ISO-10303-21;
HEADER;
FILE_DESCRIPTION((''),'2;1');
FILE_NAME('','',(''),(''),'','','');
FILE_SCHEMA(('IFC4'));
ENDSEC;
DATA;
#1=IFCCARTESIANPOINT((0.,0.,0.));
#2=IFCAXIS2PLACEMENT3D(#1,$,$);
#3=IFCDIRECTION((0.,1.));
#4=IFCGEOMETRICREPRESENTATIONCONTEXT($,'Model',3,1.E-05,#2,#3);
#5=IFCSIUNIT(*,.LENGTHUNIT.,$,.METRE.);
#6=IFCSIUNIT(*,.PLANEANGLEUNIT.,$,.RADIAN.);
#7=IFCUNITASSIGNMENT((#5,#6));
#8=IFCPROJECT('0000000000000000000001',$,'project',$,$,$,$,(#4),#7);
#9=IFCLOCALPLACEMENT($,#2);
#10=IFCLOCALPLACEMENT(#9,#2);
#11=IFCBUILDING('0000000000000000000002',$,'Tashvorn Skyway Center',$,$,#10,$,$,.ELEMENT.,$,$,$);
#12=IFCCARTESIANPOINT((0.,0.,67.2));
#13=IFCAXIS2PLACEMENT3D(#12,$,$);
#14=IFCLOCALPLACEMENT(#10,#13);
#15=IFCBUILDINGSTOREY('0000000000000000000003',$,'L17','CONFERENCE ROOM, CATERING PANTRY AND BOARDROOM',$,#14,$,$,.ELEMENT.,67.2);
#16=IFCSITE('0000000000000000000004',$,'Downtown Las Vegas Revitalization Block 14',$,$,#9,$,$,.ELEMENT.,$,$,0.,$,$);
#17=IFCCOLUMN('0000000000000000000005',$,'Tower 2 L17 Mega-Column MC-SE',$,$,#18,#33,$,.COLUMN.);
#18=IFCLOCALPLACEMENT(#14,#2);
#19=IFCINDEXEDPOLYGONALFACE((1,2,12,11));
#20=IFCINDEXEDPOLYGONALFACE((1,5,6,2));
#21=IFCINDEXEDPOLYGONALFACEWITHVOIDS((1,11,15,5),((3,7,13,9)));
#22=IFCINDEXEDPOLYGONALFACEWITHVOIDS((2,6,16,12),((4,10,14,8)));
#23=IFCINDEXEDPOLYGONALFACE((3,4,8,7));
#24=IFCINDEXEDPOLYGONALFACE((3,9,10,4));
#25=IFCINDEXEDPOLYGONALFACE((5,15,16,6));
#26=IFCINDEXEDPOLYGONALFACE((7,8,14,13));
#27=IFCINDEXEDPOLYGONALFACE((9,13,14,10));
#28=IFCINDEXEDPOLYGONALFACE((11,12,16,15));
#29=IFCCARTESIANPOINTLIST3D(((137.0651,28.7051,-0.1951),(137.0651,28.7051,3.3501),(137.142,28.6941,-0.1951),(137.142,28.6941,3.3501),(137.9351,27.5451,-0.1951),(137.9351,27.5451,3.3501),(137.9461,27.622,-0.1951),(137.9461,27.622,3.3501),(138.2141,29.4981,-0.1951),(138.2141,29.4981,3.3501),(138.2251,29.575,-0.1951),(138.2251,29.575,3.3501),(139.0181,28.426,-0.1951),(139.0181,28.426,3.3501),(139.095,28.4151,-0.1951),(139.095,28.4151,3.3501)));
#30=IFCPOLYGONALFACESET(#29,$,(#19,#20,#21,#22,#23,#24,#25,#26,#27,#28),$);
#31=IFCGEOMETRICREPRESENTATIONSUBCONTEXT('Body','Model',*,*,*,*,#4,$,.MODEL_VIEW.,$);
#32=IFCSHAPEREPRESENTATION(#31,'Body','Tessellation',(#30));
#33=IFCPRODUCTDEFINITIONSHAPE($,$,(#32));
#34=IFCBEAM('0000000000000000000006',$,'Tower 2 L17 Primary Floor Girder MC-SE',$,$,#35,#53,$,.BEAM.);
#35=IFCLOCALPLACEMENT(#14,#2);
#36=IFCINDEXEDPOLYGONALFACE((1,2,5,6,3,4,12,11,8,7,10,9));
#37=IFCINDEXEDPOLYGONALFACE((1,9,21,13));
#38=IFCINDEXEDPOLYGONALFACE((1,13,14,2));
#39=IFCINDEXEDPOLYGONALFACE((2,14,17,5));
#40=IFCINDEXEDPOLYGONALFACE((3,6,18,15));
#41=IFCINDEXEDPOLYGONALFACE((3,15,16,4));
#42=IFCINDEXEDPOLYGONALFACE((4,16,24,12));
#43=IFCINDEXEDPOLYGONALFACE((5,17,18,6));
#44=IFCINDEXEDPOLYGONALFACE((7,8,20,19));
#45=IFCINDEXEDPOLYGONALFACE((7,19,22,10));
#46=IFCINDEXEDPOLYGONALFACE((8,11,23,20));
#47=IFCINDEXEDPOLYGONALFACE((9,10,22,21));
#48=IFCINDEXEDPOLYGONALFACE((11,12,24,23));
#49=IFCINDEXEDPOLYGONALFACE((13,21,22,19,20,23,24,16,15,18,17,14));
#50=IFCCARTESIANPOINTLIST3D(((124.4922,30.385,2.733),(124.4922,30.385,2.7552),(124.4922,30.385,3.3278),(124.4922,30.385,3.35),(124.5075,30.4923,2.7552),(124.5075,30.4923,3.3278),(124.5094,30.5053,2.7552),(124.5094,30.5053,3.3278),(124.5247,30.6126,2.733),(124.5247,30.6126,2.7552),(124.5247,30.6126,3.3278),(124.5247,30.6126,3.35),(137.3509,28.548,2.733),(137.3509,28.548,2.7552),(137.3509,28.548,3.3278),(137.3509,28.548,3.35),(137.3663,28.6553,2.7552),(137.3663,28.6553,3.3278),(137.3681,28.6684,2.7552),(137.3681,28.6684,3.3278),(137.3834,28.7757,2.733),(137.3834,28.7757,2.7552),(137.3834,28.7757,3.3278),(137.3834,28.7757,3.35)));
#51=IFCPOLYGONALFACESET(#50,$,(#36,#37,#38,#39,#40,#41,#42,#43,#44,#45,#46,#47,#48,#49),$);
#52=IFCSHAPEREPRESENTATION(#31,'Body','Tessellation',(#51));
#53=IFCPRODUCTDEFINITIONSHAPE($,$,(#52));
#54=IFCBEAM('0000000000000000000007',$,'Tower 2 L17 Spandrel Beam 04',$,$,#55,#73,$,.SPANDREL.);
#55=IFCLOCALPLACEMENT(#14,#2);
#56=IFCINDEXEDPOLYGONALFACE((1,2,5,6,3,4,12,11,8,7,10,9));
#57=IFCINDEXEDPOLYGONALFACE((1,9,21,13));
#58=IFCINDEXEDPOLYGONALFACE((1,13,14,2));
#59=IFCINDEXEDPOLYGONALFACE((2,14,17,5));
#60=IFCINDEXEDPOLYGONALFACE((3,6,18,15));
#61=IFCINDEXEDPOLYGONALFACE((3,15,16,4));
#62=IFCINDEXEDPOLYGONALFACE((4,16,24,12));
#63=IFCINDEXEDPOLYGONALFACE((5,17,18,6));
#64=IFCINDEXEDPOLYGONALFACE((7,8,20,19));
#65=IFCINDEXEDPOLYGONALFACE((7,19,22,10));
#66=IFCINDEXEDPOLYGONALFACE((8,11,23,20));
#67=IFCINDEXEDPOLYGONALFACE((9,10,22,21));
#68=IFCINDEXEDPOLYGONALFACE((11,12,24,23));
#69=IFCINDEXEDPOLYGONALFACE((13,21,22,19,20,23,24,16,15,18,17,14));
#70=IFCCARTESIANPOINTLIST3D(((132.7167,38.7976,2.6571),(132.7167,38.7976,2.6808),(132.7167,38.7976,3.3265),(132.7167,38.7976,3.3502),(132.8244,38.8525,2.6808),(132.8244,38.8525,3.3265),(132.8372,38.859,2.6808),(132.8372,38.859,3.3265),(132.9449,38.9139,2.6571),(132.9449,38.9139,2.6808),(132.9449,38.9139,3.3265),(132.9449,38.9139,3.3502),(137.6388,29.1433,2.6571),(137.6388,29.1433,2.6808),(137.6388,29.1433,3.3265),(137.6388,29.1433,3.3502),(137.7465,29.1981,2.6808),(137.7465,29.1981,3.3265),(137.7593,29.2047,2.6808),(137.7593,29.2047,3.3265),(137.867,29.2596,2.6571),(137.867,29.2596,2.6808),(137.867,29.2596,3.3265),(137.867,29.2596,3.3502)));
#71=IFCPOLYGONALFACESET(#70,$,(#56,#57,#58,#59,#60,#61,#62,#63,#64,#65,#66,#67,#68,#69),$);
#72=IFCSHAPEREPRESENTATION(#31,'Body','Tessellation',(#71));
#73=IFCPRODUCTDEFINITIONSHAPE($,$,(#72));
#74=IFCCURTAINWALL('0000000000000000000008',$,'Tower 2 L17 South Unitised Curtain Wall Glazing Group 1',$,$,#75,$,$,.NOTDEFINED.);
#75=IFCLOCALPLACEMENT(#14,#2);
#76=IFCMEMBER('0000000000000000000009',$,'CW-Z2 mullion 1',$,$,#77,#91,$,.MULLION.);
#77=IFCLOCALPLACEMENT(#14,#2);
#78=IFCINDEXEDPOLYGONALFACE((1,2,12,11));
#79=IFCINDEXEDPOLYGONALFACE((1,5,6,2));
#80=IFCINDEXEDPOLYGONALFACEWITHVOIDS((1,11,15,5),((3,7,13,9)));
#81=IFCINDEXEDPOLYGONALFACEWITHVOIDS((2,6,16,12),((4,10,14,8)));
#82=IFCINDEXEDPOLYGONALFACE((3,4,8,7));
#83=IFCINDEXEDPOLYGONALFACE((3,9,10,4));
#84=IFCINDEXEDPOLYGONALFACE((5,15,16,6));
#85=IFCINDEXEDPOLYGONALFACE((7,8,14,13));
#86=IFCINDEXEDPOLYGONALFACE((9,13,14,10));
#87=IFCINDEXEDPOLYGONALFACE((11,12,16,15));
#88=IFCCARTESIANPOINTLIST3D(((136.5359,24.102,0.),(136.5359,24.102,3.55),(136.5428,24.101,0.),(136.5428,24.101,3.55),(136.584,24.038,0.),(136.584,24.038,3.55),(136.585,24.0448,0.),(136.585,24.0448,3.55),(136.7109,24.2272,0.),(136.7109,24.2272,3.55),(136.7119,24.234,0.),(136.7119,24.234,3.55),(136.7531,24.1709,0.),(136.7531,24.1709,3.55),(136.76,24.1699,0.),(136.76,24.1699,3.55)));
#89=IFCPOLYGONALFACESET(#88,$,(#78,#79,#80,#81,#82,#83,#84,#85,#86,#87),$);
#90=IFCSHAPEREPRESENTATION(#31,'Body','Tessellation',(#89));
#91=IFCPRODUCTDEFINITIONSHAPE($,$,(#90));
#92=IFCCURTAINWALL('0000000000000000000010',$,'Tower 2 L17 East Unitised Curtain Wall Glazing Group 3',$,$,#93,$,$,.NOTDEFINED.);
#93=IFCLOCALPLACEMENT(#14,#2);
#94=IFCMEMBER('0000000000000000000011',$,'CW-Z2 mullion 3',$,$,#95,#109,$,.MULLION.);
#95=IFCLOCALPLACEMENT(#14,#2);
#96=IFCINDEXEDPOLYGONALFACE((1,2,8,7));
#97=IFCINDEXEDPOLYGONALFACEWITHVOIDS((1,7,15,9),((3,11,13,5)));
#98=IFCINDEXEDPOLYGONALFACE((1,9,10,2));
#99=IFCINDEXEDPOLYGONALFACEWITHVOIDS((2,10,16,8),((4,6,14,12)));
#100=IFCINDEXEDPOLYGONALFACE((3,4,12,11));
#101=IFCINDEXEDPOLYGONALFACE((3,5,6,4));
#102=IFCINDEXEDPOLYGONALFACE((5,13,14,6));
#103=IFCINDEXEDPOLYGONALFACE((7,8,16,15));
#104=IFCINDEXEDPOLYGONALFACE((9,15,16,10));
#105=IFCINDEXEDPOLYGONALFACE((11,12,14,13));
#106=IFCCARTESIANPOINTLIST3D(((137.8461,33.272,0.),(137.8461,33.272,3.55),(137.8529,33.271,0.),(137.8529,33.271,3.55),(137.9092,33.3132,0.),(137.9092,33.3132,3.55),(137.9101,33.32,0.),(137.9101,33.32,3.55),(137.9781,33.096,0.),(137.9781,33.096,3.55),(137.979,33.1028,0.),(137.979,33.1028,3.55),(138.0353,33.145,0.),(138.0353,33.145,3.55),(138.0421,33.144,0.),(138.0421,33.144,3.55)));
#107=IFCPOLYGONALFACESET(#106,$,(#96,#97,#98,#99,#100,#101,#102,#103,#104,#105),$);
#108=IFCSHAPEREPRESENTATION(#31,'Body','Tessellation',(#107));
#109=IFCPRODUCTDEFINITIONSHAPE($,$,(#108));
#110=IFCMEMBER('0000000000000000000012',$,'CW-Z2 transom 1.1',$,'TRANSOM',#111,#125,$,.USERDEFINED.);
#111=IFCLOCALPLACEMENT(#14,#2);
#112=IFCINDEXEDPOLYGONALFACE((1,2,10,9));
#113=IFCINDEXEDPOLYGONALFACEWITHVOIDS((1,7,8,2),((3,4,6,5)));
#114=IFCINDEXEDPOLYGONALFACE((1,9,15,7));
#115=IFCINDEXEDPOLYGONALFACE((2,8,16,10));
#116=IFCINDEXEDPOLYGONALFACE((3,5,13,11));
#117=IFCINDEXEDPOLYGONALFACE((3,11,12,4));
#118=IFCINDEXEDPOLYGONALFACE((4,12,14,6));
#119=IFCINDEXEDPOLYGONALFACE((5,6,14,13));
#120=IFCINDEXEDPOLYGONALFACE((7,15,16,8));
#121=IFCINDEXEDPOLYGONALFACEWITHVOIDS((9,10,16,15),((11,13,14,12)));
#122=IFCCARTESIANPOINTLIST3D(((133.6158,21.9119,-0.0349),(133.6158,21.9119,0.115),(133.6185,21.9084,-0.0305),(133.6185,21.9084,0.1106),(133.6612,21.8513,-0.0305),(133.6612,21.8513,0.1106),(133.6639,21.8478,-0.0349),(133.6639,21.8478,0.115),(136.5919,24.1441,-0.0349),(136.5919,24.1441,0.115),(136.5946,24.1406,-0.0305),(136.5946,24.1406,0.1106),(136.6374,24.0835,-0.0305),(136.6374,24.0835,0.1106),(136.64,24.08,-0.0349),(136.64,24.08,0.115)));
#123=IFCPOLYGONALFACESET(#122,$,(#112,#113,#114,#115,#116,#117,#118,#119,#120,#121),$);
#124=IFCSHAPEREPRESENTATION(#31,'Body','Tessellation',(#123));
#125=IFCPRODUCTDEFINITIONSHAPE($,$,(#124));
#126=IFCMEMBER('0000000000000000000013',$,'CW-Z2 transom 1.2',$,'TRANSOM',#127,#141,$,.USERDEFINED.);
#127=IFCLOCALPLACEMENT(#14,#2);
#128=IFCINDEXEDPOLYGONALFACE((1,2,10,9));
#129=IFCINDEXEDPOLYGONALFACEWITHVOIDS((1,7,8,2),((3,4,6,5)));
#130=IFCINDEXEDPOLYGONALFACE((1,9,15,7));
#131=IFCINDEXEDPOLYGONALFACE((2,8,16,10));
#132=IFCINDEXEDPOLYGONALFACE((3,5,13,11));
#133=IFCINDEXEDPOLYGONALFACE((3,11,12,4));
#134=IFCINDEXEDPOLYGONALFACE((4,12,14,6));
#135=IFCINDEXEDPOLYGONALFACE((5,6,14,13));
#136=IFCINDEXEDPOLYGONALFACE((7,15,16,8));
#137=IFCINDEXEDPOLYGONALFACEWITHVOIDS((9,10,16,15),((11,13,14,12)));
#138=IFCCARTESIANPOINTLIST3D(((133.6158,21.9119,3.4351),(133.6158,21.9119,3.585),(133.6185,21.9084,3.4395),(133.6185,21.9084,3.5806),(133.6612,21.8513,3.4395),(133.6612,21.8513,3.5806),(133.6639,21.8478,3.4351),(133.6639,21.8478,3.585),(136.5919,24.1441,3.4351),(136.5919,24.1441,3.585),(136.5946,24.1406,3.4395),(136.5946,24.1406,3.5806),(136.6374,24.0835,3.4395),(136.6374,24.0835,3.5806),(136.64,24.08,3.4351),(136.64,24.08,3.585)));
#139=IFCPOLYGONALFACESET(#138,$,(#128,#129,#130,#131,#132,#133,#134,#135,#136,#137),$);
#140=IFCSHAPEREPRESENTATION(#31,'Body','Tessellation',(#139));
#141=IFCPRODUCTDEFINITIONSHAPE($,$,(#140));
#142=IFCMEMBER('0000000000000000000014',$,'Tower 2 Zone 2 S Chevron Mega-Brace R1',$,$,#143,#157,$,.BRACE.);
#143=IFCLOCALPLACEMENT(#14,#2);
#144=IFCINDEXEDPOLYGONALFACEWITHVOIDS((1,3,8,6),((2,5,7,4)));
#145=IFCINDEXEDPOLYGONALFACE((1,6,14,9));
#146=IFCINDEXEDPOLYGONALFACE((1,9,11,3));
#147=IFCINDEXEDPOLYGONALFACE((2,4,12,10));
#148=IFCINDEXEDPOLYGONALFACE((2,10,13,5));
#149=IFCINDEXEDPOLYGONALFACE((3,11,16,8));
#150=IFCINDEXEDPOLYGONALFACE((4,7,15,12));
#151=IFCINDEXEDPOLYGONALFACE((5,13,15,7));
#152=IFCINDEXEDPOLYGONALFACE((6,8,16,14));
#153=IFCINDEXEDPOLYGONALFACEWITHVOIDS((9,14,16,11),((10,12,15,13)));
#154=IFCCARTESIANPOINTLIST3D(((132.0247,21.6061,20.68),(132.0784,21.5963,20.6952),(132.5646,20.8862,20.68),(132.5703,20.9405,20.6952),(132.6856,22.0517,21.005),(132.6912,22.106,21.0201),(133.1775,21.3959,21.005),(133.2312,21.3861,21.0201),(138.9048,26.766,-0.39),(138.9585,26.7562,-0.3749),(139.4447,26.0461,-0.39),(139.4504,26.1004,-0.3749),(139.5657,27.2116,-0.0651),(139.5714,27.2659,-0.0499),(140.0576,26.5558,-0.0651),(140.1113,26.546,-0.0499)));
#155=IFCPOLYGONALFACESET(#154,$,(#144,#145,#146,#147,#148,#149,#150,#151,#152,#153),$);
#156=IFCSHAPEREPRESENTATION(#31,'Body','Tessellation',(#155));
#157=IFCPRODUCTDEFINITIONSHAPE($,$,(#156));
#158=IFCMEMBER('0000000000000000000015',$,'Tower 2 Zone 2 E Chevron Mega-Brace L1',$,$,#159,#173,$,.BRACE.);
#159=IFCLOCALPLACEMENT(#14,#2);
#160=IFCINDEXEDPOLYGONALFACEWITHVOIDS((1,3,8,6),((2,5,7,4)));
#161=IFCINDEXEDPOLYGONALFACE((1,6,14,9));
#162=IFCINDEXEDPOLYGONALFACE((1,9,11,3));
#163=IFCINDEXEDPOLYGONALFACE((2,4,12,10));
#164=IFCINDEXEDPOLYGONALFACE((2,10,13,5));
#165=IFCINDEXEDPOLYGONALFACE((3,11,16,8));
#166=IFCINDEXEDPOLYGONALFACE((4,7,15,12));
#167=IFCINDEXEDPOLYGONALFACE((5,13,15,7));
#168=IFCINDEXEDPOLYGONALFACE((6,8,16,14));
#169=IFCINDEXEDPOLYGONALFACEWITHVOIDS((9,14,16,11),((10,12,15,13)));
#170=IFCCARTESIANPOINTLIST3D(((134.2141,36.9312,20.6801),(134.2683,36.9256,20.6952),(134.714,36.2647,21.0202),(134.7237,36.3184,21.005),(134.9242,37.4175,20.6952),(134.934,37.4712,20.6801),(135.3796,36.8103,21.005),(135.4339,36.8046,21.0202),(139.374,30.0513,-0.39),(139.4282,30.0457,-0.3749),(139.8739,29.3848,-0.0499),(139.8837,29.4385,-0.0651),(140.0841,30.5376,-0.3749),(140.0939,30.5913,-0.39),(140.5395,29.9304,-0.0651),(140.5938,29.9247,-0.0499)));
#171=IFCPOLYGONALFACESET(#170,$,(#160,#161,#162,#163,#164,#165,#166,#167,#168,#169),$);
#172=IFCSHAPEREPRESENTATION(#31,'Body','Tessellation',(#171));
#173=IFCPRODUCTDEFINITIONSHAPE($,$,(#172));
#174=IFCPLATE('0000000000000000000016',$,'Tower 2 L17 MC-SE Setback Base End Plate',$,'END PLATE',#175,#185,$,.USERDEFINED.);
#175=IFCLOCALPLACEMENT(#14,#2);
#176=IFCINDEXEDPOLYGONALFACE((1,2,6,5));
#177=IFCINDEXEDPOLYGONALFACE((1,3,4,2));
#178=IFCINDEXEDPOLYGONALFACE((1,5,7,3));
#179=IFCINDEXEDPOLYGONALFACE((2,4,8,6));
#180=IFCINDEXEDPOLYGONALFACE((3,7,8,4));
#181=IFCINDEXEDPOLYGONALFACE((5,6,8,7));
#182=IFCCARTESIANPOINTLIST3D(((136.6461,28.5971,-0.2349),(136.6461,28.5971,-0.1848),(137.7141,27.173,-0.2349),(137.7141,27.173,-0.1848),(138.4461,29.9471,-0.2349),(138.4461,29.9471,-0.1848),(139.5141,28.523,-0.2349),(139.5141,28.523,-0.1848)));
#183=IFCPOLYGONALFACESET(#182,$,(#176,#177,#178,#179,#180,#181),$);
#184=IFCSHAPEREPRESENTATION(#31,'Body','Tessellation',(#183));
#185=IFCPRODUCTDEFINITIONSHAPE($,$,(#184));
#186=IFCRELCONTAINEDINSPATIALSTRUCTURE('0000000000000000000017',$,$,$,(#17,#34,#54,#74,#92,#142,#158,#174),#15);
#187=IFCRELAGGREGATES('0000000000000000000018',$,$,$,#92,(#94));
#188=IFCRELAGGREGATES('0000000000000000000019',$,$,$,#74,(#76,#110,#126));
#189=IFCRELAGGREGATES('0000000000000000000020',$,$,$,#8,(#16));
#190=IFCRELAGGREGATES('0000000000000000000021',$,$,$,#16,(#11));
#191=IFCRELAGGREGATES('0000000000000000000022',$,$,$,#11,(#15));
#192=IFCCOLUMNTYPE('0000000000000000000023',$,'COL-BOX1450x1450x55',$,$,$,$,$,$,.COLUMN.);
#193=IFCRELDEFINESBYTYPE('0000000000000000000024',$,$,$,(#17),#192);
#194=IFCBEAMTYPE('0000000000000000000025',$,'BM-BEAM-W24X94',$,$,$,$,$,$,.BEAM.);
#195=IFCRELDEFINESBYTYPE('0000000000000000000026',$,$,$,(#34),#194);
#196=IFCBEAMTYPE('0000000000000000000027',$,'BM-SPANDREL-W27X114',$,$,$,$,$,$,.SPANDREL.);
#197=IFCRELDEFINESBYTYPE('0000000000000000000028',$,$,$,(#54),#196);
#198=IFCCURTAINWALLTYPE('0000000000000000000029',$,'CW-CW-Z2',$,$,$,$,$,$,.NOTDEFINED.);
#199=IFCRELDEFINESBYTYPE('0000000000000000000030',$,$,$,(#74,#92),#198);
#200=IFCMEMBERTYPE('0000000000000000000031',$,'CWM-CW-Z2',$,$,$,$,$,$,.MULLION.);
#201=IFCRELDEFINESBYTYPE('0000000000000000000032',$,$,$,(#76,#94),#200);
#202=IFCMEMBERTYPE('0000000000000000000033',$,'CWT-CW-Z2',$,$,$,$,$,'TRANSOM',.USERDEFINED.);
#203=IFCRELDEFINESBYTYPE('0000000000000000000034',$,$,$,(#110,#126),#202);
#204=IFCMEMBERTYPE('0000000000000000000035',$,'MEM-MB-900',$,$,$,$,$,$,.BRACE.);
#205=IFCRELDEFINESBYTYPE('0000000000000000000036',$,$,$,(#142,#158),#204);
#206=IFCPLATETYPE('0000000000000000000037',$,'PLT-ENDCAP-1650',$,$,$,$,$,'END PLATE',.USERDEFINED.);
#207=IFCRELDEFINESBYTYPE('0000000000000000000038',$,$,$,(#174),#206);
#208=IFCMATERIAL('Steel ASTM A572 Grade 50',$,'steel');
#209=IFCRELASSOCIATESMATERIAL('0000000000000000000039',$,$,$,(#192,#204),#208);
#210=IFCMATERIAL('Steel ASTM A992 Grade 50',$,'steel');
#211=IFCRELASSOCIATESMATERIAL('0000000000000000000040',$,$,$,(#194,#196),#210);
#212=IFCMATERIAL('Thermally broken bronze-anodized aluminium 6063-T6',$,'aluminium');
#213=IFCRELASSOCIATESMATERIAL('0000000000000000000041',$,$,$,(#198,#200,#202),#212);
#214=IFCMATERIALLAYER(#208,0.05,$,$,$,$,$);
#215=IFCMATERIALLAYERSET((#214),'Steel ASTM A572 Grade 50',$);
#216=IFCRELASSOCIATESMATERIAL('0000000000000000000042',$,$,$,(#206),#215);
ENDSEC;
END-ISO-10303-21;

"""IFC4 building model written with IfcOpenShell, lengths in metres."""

from ifc_helpers import new_model, si_unit, direction, frame, origin, origin_2d, place, context, subcontext, project, spatial, rectangle, hollow_rectangle, i_section, extrude, material, layer, layer_set, material_profile, profile_set, type_object, element, aggregate, save


model = new_model("IFC4")

# Units and contexts
model_context = context("Model", 3, precision=1e-05, world=origin(), true_north=direction((0.0, 1.0)))
body_context = subcontext(model_context, "Body", "Model", "MODEL_VIEW")
ifc_project = project(units=[si_unit("LENGTHUNIT", "METRE"), si_unit("PLANEANGLEUNIT", "RADIAN")], contexts=[model_context])

# Site, building, storey
site_placement = place(None, origin())
site = spatial("IfcSite", under=ifc_project, at=site_placement, Name="Downtown Las Vegas Revitalization Block 14", CompositionType="ELEMENT", RefElevation=0.0)
building_placement = place(site_placement, origin())
building = spatial("IfcBuilding", under=site, at=building_placement, Name="Tashvorn Skyway Center", CompositionType="ELEMENT")
storey_placement = place(building_placement, frame((0.0, 0.0, 67.2)))
storey = spatial("IfcBuildingStorey", under=building, at=storey_placement, Name="L17", Description="CONFERENCE ROOM, CATERING PANTRY AND BOARDROOM", CompositionType="ELEMENT", Elevation=67.2)

# Column
ifc_material_1 = material(Name="Steel ASTM A572 Grade 50", Category="steel")
ifc_material_profile_1 = material_profile(ifc_material_1, hollow_rectangle(XDim=1.45, YDim=1.45, WallThickness=0.0549, at=origin_2d()), Name="BOX1450x1450x55")
ifc_profile_set_1 = profile_set([ifc_material_profile_1], Name="Steel ASTM A572 Grade 50")
column_type = type_object("IfcColumnType", Name="COL-BOX1450x1450x55", PredefinedType="COLUMN", material=ifc_profile_set_1)
column_placement = place(storey_placement, frame((138.0801, 28.5601, -0.1951), z_axis=(0.0, 0.0, 1.0), x_axis=(0.8, 0.6, 0.0)))
element("IfcColumn", 1, at=column_placement, inside=storey, type_object=column_type, Name="Tower 2 L17 Mega-Column MC-SE", PredefinedType="COLUMN", context=body_context, shape_type="SweptSolid", body=[
    extrude(hollow_rectangle(XDim=1.45, YDim=1.45, WallThickness=0.0549, at=origin_2d()), origin(), (0.0, 0.0, 1.0), 3.5452),
])

# Beams
ifc_material_2 = material(Name="Steel ASTM A992 Grade 50", Category="steel")
ifc_material_profile_2 = material_profile(ifc_material_2, i_section(OverallWidth=0.23, OverallDepth=0.6169, WebThickness=0.0132, FlangeThickness=0.0222, at=origin_2d()), Name="W24X94")
ifc_profile_set_2 = profile_set([ifc_material_profile_2], Name="Steel ASTM A992 Grade 50")
beam_type_1 = type_object("IfcBeamType", Name="BM-BEAM-W24X94", PredefinedType="BEAM", material=ifc_profile_set_2)
beam_1_placement = place(storey_placement, frame((137.3672, 28.6619, 3.0415), z_axis=(-0.98995, 0.141419, 0.0), x_axis=(-0.141419, -0.98995, 0.0)))
element("IfcBeam", 2, at=beam_1_placement, inside=storey, type_object=beam_type_1, Name="Tower 2 L17 Primary Floor Girder MC-SE", PredefinedType="BEAM", context=body_context, shape_type="SweptSolid", body=[
    extrude(i_section(OverallWidth=0.23, OverallDepth=0.6169, WebThickness=0.0132, FlangeThickness=0.0222, at=origin_2d()), origin(), (0.0, 0.0, 1.0), 12.9893),
])
ifc_material_profile_3 = material_profile(ifc_material_2, i_section(OverallWidth=0.2561, OverallDepth=0.6931, WebThickness=0.0144, FlangeThickness=0.0237, at=origin_2d()), Name="W27X114")
ifc_profile_set_3 = profile_set([ifc_material_profile_3], Name="Steel ASTM A992 Grade 50")
beam_type_2 = type_object("IfcBeamType", Name="BM-SPANDREL-W27X114", PredefinedType="SPANDREL", material=ifc_profile_set_3)
beam_2_placement = place(storey_placement, frame((137.7529, 29.2014, 3.0037), z_axis=(-0.454211, 0.890894, 0.0), x_axis=(-0.890894, -0.454211, 0.0)))
element("IfcBeam", 3, at=beam_2_placement, inside=storey, type_object=beam_type_2, Name="Tower 2 L17 Spandrel Beam 04", PredefinedType="SPANDREL", context=body_context, shape_type="SweptSolid", body=[
    extrude(i_section(OverallWidth=0.2561, OverallDepth=0.6931, WebThickness=0.0144, FlangeThickness=0.0237, at=origin_2d()), origin(), (0.0, 0.0, 1.0), 10.8367),
])

# Curtain walls, members
ifc_material_3 = material(Name="Thermally broken bronze-anodized aluminium 6063-T6", Category="aluminium")
curtain_wall_type = type_object("IfcCurtainWallType", Name="CW-CW-Z2", PredefinedType="NOTDEFINED", material=ifc_material_3)
curtain_wall_1_placement = place(storey_placement, origin())
curtain_wall_1 = element("IfcCurtainWall", 4, at=curtain_wall_1_placement, inside=storey, type_object=curtain_wall_type, Name="Tower 2 L17 South Unitised Curtain Wall Glazing Group 1", PredefinedType="NOTDEFINED")
ifc_material_profile_4 = material_profile(ifc_material_3, hollow_rectangle(XDim=0.0801, YDim=0.22, WallThickness=0.0049, at=origin_2d()), Name="ALU-MULL-80x220")
ifc_profile_set_4 = profile_set([ifc_material_profile_4], Name="Thermally broken bronze-anodized aluminium 6063-T6")
member_type_1 = type_object("IfcMemberType", Name="CWM-CW-Z2", PredefinedType="MULLION", material=ifc_profile_set_4)
member_1_placement = place(storey_placement, frame((136.6479, 24.136, 0.0), z_axis=(0.0, 0.0, 1.0), x_axis=(0.6, -0.8, 0.0)))
member_1 = element("IfcMember", 5, at=member_1_placement, type_object=member_type_1, Name="CW-Z2 mullion 1", PredefinedType="MULLION", context=body_context, shape_type="SweptSolid", body=[
    extrude(hollow_rectangle(XDim=0.0801, YDim=0.22, WallThickness=0.0049, at=origin_2d()), origin(), (0.0, 0.0, 1.0), 3.55),
])
curtain_wall_2_placement = place(storey_placement, origin())
curtain_wall_2 = element("IfcCurtainWall", 6, at=curtain_wall_2_placement, inside=storey, type_object=curtain_wall_type, Name="Tower 2 L17 East Unitised Curtain Wall Glazing Group 3", PredefinedType="NOTDEFINED")
member_2_placement = place(storey_placement, frame((137.9441, 33.208, 0.0), z_axis=(0.0, 0.0, 1.0), x_axis=(0.8, 0.6, 0.0)))
member_2 = element("IfcMember", 7, at=member_2_placement, type_object=member_type_1, Name="CW-Z2 mullion 3", PredefinedType="MULLION", context=body_context, shape_type="SweptSolid", body=[
    extrude(hollow_rectangle(XDim=0.0801, YDim=0.22, WallThickness=0.0049, at=origin_2d()), origin(), (0.0, 0.0, 1.0), 3.55),
])
aggregate(curtain_wall_2, [member_2])

# Members
ifc_material_profile_5 = material_profile(ifc_material_3, hollow_rectangle(XDim=0.0801, YDim=0.1499, WallThickness=0.0044, at=origin_2d()), Name="ALU-TRAN-80x150")
ifc_profile_set_5 = profile_set([ifc_material_profile_5], Name="Thermally broken bronze-anodized aluminium 6063-T6")
member_type_2 = type_object("IfcMemberType", Name="CWT-CW-Z2", ElementType="TRANSOM", PredefinedType="USERDEFINED", material=ifc_profile_set_5)
member_3_placement = place(storey_placement, frame((136.616, 24.1121, 0.04), z_axis=(-0.799984, -0.600021, 0.0), x_axis=(0.600021, -0.799984, 0.0)))
member_3 = element("IfcMember", 8, at=member_3_placement, type_object=member_type_2, Name="CW-Z2 transom 1.1", ObjectType="TRANSOM", PredefinedType="USERDEFINED", context=body_context, shape_type="SweptSolid", body=[
    extrude(hollow_rectangle(XDim=0.0801, YDim=0.1499, WallThickness=0.0044, at=origin_2d()), origin(), (0.0, 0.0, 1.0), 3.7202),
])
member_4_placement = place(storey_placement, frame((136.616, 24.1121, 3.51), z_axis=(-0.799984, -0.600021, 0.0), x_axis=(0.600021, -0.799984, 0.0)))
member_4 = element("IfcMember", 9, at=member_4_placement, type_object=member_type_2, Name="CW-Z2 transom 1.2", ObjectType="TRANSOM", PredefinedType="USERDEFINED", context=body_context, shape_type="SweptSolid", body=[
    extrude(hollow_rectangle(XDim=0.0801, YDim=0.1499, WallThickness=0.0044, at=origin_2d()), origin(), (0.0, 0.0, 1.0), 3.7202),
])
aggregate(curtain_wall_1, [member_1, member_3, member_4])

# Members
ifc_material_profile_6 = material_profile(ifc_material_1, hollow_rectangle(XDim=0.8999, YDim=0.8999, WallThickness=0.04, at=origin_2d()), Name="BOX900x900x40")
ifc_profile_set_6 = profile_set([ifc_material_profile_6], Name="Steel ASTM A572 Grade 50")
member_type_3 = type_object("IfcMemberType", Name="MEM-MB-900", PredefinedType="BRACE", material=ifc_profile_set_6)
for number, where, z_axis, x_axis, name in (
    (10, (139.5081, 26.656, -0.22), (-0.302322, -0.226734, 0.925847), (0.599986, -0.80001, 0.0), "Tower 2 Zone 2 S Chevron Mega-Brace R1"),
    (11, (139.9839, 29.988, -0.22), (-0.226734, 0.302312, 0.92585), (-0.8, -0.6, 0.0), "Tower 2 Zone 2 E Chevron Mega-Brace L1"),
):
    element("IfcMember", number, at=place(storey_placement, frame(where, z_axis=z_axis, x_axis=x_axis)), inside=storey, type_object=member_type_3, Name=name, PredefinedType="BRACE", context=body_context, shape_type="SweptSolid", body=[
        extrude(hollow_rectangle(XDim=0.8999, YDim=0.8999, WallThickness=0.04, at=origin_2d()), origin(), (0.0, 0.0, 1.0), 22.7576),
    ])

# Plate
ifc_layer_1 = layer(ifc_material_1, 0.05)
ifc_layer_set_1 = layer_set([ifc_layer_1], Name="Steel ASTM A572 Grade 50")
plate_type = type_object("IfcPlateType", Name="PLT-ENDCAP-1650", ElementType="END PLATE", PredefinedType="USERDEFINED", material=ifc_layer_set_1)
plate_placement = place(storey_placement, frame((138.0801, 28.5601, -0.2349), z_axis=(0.0, 0.0, 1.0), x_axis=(0.8, 0.6, 0.0)))
element("IfcPlate", 12, at=plate_placement, inside=storey, type_object=plate_type, Name="Tower 2 L17 MC-SE Setback Base End Plate", ObjectType="END PLATE", PredefinedType="USERDEFINED", context=body_context, shape_type="SweptSolid", body=[
    extrude(rectangle(XDim=2.25, YDim=1.78, at=origin_2d()), origin(), (0.0, 0.0, 1.0), 0.05),
])

save(model, "model.ifc")
